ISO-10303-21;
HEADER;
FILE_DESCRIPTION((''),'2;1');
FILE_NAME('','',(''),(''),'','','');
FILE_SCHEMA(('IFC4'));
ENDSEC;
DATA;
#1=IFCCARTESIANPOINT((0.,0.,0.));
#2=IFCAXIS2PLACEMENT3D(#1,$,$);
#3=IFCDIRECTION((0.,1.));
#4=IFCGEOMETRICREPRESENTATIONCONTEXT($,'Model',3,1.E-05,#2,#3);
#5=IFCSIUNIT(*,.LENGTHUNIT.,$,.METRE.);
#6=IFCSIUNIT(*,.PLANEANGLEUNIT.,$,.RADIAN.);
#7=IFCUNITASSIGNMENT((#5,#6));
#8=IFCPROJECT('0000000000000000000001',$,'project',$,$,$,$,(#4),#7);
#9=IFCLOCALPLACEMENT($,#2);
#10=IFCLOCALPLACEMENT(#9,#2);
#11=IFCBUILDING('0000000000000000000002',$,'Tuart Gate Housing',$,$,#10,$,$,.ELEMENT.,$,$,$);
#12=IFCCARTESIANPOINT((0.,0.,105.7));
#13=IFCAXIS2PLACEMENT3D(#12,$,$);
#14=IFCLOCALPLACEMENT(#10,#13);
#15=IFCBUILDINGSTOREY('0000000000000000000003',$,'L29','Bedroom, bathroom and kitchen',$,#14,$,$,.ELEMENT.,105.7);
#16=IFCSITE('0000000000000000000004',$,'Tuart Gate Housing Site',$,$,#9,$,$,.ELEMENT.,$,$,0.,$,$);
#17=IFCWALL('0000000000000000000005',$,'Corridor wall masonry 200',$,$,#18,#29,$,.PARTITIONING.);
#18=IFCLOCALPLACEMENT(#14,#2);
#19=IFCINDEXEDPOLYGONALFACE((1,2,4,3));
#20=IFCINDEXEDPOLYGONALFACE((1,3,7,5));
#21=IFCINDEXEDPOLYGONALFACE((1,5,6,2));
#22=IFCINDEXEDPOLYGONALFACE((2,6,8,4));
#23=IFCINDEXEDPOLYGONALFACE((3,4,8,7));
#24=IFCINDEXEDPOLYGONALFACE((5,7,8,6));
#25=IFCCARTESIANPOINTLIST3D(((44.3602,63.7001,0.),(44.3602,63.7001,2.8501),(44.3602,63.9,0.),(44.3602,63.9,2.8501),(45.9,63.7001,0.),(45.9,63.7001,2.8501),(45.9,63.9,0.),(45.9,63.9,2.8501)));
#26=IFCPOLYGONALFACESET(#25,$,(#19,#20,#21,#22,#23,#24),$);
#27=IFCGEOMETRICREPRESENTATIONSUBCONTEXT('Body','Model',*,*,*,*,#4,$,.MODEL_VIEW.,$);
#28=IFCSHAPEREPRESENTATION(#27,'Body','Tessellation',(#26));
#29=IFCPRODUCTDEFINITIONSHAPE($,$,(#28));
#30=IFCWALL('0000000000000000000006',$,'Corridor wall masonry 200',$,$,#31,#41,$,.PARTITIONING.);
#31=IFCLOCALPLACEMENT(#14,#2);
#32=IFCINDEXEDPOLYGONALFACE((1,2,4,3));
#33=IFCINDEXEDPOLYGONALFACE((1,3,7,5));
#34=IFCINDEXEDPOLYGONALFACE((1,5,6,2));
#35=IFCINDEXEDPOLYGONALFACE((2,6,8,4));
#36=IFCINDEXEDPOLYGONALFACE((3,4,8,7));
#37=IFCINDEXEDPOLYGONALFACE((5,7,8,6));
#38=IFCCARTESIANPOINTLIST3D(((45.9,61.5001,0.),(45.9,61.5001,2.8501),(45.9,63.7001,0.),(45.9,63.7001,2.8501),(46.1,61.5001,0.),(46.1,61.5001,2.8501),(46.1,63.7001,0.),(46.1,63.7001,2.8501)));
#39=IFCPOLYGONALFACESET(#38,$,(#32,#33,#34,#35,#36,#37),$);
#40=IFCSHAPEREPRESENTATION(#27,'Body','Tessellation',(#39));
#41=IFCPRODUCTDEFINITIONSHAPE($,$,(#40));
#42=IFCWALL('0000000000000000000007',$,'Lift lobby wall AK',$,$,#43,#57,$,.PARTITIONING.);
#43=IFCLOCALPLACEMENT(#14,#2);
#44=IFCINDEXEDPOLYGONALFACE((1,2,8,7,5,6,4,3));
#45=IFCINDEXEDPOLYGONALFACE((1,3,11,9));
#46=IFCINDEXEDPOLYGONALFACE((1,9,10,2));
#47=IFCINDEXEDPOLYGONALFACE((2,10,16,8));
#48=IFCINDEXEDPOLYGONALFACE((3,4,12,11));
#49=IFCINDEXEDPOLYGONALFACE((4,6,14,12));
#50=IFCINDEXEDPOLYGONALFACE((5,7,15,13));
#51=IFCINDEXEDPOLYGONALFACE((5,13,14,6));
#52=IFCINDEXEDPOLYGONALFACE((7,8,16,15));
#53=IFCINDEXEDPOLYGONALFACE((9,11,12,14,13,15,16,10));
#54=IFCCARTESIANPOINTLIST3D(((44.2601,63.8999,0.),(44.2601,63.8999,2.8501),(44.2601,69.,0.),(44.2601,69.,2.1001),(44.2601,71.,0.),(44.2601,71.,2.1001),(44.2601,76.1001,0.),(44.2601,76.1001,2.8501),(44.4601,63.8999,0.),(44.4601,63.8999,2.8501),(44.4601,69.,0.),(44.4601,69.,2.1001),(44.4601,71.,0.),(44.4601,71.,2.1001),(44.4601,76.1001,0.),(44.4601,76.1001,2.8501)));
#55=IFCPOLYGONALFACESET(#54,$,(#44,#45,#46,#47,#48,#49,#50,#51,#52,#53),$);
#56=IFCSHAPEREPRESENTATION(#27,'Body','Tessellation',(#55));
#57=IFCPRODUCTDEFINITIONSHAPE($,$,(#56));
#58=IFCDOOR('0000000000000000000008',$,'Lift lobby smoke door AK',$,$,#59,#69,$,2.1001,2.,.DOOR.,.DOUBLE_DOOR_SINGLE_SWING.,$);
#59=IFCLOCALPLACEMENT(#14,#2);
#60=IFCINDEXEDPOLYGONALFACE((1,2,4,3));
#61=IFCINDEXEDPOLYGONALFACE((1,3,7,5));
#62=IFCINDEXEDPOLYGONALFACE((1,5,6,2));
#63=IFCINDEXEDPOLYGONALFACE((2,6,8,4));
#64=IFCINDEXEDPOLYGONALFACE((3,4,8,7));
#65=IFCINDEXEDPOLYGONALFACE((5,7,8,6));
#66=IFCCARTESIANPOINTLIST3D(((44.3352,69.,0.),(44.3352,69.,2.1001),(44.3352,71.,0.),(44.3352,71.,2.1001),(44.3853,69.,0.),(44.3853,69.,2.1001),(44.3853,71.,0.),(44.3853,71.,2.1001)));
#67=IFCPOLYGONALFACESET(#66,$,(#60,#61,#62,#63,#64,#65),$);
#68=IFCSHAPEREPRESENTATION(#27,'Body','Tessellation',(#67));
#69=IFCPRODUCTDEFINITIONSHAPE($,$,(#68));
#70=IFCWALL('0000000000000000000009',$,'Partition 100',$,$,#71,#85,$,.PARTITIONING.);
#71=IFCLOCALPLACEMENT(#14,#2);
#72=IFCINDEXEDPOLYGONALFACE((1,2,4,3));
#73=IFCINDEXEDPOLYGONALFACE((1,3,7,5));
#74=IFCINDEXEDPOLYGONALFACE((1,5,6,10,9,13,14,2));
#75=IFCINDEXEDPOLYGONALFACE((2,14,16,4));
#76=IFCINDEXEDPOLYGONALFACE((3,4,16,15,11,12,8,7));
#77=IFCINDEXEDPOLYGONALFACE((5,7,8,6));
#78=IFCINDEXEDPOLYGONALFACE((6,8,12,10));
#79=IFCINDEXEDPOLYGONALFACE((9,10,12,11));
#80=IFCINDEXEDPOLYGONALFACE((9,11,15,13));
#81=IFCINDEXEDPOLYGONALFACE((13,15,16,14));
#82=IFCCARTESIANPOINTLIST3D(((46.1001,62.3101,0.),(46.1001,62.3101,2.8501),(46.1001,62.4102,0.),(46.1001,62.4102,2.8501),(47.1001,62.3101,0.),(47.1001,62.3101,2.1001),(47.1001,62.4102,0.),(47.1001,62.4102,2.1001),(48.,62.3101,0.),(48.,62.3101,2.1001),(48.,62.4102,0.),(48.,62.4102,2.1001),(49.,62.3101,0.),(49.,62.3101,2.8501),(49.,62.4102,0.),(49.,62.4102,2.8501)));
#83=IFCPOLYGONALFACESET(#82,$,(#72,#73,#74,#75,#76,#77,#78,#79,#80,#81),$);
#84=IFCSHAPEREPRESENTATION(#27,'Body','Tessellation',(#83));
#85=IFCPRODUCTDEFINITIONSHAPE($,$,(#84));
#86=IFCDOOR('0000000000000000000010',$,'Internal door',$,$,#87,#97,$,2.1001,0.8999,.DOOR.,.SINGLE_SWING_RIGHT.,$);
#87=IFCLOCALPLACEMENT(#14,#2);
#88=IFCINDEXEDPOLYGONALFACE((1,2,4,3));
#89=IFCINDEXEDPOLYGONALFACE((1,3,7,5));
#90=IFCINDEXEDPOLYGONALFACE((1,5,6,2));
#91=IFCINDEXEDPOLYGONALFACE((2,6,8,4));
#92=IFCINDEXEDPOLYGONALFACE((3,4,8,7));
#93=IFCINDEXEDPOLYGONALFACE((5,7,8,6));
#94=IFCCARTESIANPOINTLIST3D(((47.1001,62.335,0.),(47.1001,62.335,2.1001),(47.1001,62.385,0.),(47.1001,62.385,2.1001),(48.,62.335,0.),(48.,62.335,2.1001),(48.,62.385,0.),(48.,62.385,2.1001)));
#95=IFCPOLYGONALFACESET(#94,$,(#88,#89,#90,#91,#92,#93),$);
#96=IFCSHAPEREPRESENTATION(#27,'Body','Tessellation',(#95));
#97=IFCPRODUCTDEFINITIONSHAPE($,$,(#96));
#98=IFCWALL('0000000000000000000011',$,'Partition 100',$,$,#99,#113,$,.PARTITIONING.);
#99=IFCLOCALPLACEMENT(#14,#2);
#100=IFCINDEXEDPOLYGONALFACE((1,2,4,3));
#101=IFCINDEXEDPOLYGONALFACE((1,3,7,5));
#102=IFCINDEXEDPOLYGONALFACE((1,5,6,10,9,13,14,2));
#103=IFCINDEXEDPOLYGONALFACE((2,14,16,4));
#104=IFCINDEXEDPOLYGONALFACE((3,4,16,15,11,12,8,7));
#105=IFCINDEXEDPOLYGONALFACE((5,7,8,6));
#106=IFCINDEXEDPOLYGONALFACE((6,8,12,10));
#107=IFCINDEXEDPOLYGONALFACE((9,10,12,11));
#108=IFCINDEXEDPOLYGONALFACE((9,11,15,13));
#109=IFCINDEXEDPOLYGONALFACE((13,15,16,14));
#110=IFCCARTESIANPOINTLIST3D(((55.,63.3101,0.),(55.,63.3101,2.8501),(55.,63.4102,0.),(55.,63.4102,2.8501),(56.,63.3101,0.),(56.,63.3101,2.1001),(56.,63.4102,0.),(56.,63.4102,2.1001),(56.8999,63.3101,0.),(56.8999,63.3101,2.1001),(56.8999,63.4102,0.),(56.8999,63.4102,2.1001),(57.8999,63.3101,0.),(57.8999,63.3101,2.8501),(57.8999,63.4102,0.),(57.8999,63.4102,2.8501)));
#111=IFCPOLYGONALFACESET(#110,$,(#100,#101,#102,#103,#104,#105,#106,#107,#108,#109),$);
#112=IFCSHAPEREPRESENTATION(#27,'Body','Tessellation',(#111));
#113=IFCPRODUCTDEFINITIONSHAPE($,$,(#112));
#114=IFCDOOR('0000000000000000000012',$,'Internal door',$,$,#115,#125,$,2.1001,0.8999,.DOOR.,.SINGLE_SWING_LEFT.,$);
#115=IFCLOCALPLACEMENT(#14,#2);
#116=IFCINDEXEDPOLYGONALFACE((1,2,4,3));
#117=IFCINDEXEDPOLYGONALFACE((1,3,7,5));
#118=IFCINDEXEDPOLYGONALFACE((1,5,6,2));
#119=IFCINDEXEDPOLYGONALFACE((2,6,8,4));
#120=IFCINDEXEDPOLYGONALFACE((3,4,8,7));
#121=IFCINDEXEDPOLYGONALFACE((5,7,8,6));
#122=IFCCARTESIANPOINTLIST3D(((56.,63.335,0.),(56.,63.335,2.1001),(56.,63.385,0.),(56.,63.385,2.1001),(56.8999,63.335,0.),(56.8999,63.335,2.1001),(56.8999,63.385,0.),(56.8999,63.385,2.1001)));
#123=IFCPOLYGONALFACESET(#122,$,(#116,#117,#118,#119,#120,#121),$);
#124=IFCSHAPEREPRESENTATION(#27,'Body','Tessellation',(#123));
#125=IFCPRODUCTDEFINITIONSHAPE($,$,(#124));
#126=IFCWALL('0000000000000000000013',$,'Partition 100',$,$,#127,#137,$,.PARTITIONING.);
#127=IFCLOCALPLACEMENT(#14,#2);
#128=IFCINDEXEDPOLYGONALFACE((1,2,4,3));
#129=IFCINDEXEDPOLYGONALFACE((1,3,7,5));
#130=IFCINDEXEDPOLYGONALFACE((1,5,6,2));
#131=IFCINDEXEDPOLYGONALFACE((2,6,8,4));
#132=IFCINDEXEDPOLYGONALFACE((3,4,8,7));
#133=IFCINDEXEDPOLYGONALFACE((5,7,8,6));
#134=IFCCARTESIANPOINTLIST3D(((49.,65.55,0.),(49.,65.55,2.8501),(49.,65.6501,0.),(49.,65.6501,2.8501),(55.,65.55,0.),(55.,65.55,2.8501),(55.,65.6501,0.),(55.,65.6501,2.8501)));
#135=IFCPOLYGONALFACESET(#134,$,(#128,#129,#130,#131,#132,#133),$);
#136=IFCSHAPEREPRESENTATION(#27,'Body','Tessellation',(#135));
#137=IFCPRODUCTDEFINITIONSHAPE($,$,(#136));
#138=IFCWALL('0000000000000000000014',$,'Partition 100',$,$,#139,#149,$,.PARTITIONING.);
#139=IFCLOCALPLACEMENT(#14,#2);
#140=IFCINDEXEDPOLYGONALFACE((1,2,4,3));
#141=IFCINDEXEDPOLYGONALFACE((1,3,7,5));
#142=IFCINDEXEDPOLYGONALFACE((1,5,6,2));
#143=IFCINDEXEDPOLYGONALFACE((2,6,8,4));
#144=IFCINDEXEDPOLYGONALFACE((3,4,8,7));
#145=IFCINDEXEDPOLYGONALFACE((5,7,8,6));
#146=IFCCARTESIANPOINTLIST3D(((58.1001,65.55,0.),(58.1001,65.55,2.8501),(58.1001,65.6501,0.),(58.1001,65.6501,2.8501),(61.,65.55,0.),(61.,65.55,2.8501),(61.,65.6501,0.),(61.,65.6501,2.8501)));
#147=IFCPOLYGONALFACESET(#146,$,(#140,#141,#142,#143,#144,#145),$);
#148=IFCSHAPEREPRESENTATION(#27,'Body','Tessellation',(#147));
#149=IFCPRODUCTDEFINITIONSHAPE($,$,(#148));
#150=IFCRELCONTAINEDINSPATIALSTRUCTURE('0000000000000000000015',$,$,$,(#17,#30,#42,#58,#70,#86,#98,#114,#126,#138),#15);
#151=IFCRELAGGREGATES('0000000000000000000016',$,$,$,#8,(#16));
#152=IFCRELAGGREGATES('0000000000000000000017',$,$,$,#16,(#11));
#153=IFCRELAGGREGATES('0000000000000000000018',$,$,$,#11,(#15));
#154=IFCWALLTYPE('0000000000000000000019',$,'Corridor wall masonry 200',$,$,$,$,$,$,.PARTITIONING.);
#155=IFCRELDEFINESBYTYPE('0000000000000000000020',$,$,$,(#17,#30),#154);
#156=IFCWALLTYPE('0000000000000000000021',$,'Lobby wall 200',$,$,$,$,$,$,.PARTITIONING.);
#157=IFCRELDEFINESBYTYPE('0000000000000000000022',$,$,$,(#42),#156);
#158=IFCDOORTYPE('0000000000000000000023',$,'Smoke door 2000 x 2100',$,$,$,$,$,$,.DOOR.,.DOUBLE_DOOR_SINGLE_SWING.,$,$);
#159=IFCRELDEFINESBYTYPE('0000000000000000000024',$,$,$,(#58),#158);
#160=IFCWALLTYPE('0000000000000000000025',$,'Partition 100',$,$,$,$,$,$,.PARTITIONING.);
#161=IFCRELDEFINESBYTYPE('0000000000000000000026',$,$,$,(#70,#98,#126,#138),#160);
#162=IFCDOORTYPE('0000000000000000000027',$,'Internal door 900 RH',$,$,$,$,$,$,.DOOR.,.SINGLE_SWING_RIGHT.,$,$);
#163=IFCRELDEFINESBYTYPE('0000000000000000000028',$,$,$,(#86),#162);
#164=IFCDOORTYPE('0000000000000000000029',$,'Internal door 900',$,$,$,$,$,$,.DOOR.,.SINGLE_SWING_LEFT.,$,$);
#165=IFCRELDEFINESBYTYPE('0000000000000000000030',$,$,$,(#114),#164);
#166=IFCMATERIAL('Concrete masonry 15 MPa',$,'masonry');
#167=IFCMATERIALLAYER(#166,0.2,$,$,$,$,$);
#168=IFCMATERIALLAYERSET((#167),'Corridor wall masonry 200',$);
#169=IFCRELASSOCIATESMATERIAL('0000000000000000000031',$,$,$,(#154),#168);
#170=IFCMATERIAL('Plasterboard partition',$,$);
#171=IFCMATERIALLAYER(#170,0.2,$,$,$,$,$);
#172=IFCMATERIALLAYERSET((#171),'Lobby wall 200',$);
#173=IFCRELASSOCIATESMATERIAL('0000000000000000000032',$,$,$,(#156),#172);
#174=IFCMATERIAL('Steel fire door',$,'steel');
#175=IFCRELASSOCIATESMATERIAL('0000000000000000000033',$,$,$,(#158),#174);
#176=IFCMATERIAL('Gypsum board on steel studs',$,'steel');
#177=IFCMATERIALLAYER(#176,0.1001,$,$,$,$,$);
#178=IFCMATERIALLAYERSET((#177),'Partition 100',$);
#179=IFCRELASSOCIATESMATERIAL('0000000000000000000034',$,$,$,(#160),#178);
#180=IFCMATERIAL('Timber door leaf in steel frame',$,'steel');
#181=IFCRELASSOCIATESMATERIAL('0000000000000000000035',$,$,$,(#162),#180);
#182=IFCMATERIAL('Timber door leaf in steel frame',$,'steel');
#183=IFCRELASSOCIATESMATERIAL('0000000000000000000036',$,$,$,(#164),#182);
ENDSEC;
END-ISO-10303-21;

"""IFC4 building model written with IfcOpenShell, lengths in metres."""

from ifc_helpers import new_model, si_unit, direction, frame, frame_2d, origin, place, context, subcontext, project, spatial, rectangle, extrude, material, layer, layer_set, type_object, element, fill, save


model = new_model("IFC4")

# Units and contexts
model_context = context("Model", 3, precision=1e-05, world=origin(), true_north=direction((0.0, 1.0)))
body_context = subcontext(model_context, "Body", "Model", "MODEL_VIEW")
ifc_project = project(units=[si_unit("LENGTHUNIT", "METRE"), si_unit("PLANEANGLEUNIT", "RADIAN")], contexts=[model_context])

# Site, building, storey
site_placement = place(None, origin())
site = spatial("IfcSite", under=ifc_project, at=site_placement, Name="Tuart Gate Housing Site", CompositionType="ELEMENT", RefElevation=0.0)
building_placement = place(site_placement, origin())
building = spatial("IfcBuilding", under=site, at=building_placement, Name="Tuart Gate Housing", CompositionType="ELEMENT")
storey_placement = place(building_placement, frame((0.0, 0.0, 105.7)))
storey = spatial("IfcBuildingStorey", under=building, at=storey_placement, Name="L29", Description="Bedroom, bathroom and kitchen", CompositionType="ELEMENT", Elevation=105.7)

# Walls
ifc_material_1 = material(Name="Concrete masonry 15 MPa", Category="masonry")
ifc_layer_1 = layer(ifc_material_1, 0.2)
ifc_layer_set_1 = layer_set([ifc_layer_1], Name="Corridor wall masonry 200")
wall_type_1 = type_object("IfcWallType", Name="Corridor wall masonry 200", PredefinedType="PARTITIONING", material=ifc_layer_set_1)
wall_1_placement = place(storey_placement, frame((44.3601, 63.8, 0.0), z_axis=(0.0, 0.0, 1.0), x_axis=(1.0, 0.0, 0.0)))
element("IfcWall", 1, at=wall_1_placement, inside=storey, type_object=wall_type_1, Name="Corridor wall masonry 200", PredefinedType="PARTITIONING", context=body_context, shape_type="SweptSolid", body=[
    extrude(rectangle(XDim=1.5398, YDim=0.2, at=frame_2d((0.77, 0.0))), origin(), (0.0, 0.0, 1.0), 2.8501),
])
wall_2_placement = place(storey_placement, frame((46.0, 61.5, 0.0), z_axis=(0.0, 0.0, 1.0), x_axis=(0.0, 1.0, 0.0)))
element("IfcWall", 2, at=wall_2_placement, inside=storey, type_object=wall_type_1, Name="Corridor wall masonry 200", PredefinedType="PARTITIONING", context=body_context, shape_type="SweptSolid", body=[
    extrude(rectangle(XDim=2.2, YDim=0.2, at=frame_2d((1.1001, 0.0))), origin(), (0.0, 0.0, 1.0), 2.8501),
])

# Walls, openings, doors
ifc_material_2 = material(Name="Plasterboard partition")
ifc_layer_2 = layer(ifc_material_2, 0.2)
ifc_layer_set_2 = layer_set([ifc_layer_2], Name="Lobby wall 200")
wall_type_2 = type_object("IfcWallType", Name="Lobby wall 200", PredefinedType="PARTITIONING", material=ifc_layer_set_2)
wall_3_placement = place(storey_placement, frame((44.3601, 63.8999, 0.0), z_axis=(0.0, 0.0, 1.0), x_axis=(0.0, 1.0, 0.0)))
wall_3 = element("IfcWall", 3, at=wall_3_placement, inside=storey, type_object=wall_type_2, Name="Lift lobby wall AK", PredefinedType="PARTITIONING", context=body_context, shape_type="SweptSolid", body=[
    extrude(rectangle(XDim=12.2002, YDim=0.2, at=frame_2d((6.1001, 0.0))), origin(), (0.0, 0.0, 1.0), 2.8501),
])
opening_1_placement = place(wall_3_placement, frame((5.1001, 0.0, 0.0)))
opening_1 = element("IfcOpeningElement", 4, at=opening_1_placement, cuts=wall_3, PredefinedType="OPENING", context=body_context, shape_type="SweptSolid", body=[
    extrude(rectangle(XDim=2.0, YDim=2.1001, at=frame_2d((1.0, 1.05))), frame((0.0, 0.1099, 0.0), z_axis=(0.0, -1.0, 0.0), x_axis=(1.0, 0.0, 0.0)), (0.0, 0.0, 1.0), 0.22),
])
ifc_material_3 = material(Name="Steel fire door", Category="steel")
door_type_1 = type_object("IfcDoorType", Name="Smoke door 2000 x 2100", OperationType="DOUBLE_DOOR_SINGLE_SWING", PredefinedType="DOOR", material=ifc_material_3)
door_1_placement = place(opening_1_placement, origin())
door_1 = element("IfcDoor", 5, at=door_1_placement, inside=storey, type_object=door_type_1, Name="Lift lobby smoke door AK", OperationType="DOUBLE_DOOR_SINGLE_SWING", OverallHeight=2.1001, OverallWidth=2.0, PredefinedType="DOOR", context=body_context, shape_type="SweptSolid", body=[
    extrude(rectangle(XDim=2.0, YDim=2.1001, at=frame_2d((1.0, 1.05))), frame((0.0, 0.0249, 0.0), z_axis=(0.0, -1.0, 0.0), x_axis=(1.0, 0.0, 0.0)), (0.0, 0.0, 1.0), 0.05),
])
fill(opening_1, door_1)
ifc_material_4 = material(Name="Gypsum board on steel studs", Category="steel")
ifc_layer_3 = layer(ifc_material_4, 0.1001)
ifc_layer_set_3 = layer_set([ifc_layer_3], Name="Partition 100")
wall_type_3 = type_object("IfcWallType", Name="Partition 100", PredefinedType="PARTITIONING", material=ifc_layer_set_3)
wall_4_placement = place(storey_placement, frame((46.1001, 62.3601, 0.0), z_axis=(0.0, 0.0, 1.0), x_axis=(1.0, 0.0, 0.0)))
wall_4 = element("IfcWall", 6, at=wall_4_placement, inside=storey, type_object=wall_type_3, Name="Partition 100", PredefinedType="PARTITIONING", context=body_context, shape_type="SweptSolid", body=[
    extrude(rectangle(XDim=2.8999, YDim=0.1001, at=frame_2d((1.45, 0.0))), origin(), (0.0, 0.0, 1.0), 2.8501),
])
opening_2_placement = place(wall_4_placement, frame((1.0, 0.0, 0.0)))
opening_2 = element("IfcOpeningElement", 7, at=opening_2_placement, cuts=wall_4, PredefinedType="OPENING", context=body_context, shape_type="SweptSolid", body=[
    extrude(rectangle(XDim=0.8999, YDim=2.1001, at=frame_2d((0.45, 1.05))), frame((0.0, 0.0601, 0.0), z_axis=(0.0, -1.0, 0.0), x_axis=(1.0, 0.0, 0.0)), (0.0, 0.0, 1.0), 0.1201),
])
ifc_material_5 = material(Name="Timber door leaf in steel frame", Category="steel")
door_type_2 = type_object("IfcDoorType", Name="Internal door 900 RH", OperationType="SINGLE_SWING_RIGHT", PredefinedType="DOOR", material=ifc_material_5)
door_2_placement = place(opening_2_placement, origin())
door_2 = element("IfcDoor", 8, at=door_2_placement, inside=storey, type_object=door_type_2, Name="Internal door", OperationType="SINGLE_SWING_RIGHT", OverallHeight=2.1001, OverallWidth=0.8999, PredefinedType="DOOR", context=body_context, shape_type="SweptSolid", body=[
    extrude(rectangle(XDim=0.8999, YDim=2.1001, at=frame_2d((0.45, 1.05))), frame((0.0, 0.0249, 0.0), z_axis=(0.0, -1.0, 0.0), x_axis=(1.0, 0.0, 0.0)), (0.0, 0.0, 1.0), 0.05),
])
fill(opening_2, door_2)
wall_5_placement = place(storey_placement, frame((55.0, 63.3601, 0.0), z_axis=(0.0, 0.0, 1.0), x_axis=(1.0, 0.0, 0.0)))
wall_5 = element("IfcWall", 9, at=wall_5_placement, inside=storey, type_object=wall_type_3, Name="Partition 100", PredefinedType="PARTITIONING", context=body_context, shape_type="SweptSolid", body=[
    extrude(rectangle(XDim=2.8999, YDim=0.1001, at=frame_2d((1.45, 0.0))), origin(), (0.0, 0.0, 1.0), 2.8501),
])
opening_3_placement = place(wall_5_placement, frame((1.0, 0.0, 0.0)))
opening_3 = element("IfcOpeningElement", 10, at=opening_3_placement, cuts=wall_5, PredefinedType="OPENING", context=body_context, shape_type="SweptSolid", body=[
    extrude(rectangle(XDim=0.8999, YDim=2.1001, at=frame_2d((0.45, 1.05))), frame((0.0, 0.0601, 0.0), z_axis=(0.0, -1.0, 0.0), x_axis=(1.0, 0.0, 0.0)), (0.0, 0.0, 1.0), 0.1201),
])
ifc_material_6 = material(Name="Timber door leaf in steel frame", Category="steel")
door_type_3 = type_object("IfcDoorType", Name="Internal door 900", OperationType="SINGLE_SWING_LEFT", PredefinedType="DOOR", material=ifc_material_6)
door_3_placement = place(opening_3_placement, origin())
door_3 = element("IfcDoor", 11, at=door_3_placement, inside=storey, type_object=door_type_3, Name="Internal door", OperationType="SINGLE_SWING_LEFT", OverallHeight=2.1001, OverallWidth=0.8999, PredefinedType="DOOR", context=body_context, shape_type="SweptSolid", body=[
    extrude(rectangle(XDim=0.8999, YDim=2.1001, at=frame_2d((0.45, 1.05))), frame((0.0, 0.0249, 0.0), z_axis=(0.0, -1.0, 0.0), x_axis=(1.0, 0.0, 0.0)), (0.0, 0.0, 1.0), 0.05),
])
fill(opening_3, door_3)

# Walls
wall_6_placement = place(storey_placement, frame((49.0, 65.6001, 0.0), z_axis=(0.0, 0.0, 1.0), x_axis=(1.0, 0.0, 0.0)))
element("IfcWall", 12, at=wall_6_placement, inside=storey, type_object=wall_type_3, Name="Partition 100", PredefinedType="PARTITIONING", context=body_context, shape_type="SweptSolid", body=[
    extrude(rectangle(XDim=6.0, YDim=0.1001, at=frame_2d((3.0, 0.0))), origin(), (0.0, 0.0, 1.0), 2.8501),
])
wall_7_placement = place(storey_placement, frame((58.1001, 65.6001, 0.0), z_axis=(0.0, 0.0, 1.0), x_axis=(1.0, 0.0, 0.0)))
element("IfcWall", 13, at=wall_7_placement, inside=storey, type_object=wall_type_3, Name="Partition 100", PredefinedType="PARTITIONING", context=body_context, shape_type="SweptSolid", body=[
    extrude(rectangle(XDim=2.8999, YDim=0.1001, at=frame_2d((1.45, 0.0))), origin(), (0.0, 0.0, 1.0), 2.8501),
])

save(model, "model.ifc")
